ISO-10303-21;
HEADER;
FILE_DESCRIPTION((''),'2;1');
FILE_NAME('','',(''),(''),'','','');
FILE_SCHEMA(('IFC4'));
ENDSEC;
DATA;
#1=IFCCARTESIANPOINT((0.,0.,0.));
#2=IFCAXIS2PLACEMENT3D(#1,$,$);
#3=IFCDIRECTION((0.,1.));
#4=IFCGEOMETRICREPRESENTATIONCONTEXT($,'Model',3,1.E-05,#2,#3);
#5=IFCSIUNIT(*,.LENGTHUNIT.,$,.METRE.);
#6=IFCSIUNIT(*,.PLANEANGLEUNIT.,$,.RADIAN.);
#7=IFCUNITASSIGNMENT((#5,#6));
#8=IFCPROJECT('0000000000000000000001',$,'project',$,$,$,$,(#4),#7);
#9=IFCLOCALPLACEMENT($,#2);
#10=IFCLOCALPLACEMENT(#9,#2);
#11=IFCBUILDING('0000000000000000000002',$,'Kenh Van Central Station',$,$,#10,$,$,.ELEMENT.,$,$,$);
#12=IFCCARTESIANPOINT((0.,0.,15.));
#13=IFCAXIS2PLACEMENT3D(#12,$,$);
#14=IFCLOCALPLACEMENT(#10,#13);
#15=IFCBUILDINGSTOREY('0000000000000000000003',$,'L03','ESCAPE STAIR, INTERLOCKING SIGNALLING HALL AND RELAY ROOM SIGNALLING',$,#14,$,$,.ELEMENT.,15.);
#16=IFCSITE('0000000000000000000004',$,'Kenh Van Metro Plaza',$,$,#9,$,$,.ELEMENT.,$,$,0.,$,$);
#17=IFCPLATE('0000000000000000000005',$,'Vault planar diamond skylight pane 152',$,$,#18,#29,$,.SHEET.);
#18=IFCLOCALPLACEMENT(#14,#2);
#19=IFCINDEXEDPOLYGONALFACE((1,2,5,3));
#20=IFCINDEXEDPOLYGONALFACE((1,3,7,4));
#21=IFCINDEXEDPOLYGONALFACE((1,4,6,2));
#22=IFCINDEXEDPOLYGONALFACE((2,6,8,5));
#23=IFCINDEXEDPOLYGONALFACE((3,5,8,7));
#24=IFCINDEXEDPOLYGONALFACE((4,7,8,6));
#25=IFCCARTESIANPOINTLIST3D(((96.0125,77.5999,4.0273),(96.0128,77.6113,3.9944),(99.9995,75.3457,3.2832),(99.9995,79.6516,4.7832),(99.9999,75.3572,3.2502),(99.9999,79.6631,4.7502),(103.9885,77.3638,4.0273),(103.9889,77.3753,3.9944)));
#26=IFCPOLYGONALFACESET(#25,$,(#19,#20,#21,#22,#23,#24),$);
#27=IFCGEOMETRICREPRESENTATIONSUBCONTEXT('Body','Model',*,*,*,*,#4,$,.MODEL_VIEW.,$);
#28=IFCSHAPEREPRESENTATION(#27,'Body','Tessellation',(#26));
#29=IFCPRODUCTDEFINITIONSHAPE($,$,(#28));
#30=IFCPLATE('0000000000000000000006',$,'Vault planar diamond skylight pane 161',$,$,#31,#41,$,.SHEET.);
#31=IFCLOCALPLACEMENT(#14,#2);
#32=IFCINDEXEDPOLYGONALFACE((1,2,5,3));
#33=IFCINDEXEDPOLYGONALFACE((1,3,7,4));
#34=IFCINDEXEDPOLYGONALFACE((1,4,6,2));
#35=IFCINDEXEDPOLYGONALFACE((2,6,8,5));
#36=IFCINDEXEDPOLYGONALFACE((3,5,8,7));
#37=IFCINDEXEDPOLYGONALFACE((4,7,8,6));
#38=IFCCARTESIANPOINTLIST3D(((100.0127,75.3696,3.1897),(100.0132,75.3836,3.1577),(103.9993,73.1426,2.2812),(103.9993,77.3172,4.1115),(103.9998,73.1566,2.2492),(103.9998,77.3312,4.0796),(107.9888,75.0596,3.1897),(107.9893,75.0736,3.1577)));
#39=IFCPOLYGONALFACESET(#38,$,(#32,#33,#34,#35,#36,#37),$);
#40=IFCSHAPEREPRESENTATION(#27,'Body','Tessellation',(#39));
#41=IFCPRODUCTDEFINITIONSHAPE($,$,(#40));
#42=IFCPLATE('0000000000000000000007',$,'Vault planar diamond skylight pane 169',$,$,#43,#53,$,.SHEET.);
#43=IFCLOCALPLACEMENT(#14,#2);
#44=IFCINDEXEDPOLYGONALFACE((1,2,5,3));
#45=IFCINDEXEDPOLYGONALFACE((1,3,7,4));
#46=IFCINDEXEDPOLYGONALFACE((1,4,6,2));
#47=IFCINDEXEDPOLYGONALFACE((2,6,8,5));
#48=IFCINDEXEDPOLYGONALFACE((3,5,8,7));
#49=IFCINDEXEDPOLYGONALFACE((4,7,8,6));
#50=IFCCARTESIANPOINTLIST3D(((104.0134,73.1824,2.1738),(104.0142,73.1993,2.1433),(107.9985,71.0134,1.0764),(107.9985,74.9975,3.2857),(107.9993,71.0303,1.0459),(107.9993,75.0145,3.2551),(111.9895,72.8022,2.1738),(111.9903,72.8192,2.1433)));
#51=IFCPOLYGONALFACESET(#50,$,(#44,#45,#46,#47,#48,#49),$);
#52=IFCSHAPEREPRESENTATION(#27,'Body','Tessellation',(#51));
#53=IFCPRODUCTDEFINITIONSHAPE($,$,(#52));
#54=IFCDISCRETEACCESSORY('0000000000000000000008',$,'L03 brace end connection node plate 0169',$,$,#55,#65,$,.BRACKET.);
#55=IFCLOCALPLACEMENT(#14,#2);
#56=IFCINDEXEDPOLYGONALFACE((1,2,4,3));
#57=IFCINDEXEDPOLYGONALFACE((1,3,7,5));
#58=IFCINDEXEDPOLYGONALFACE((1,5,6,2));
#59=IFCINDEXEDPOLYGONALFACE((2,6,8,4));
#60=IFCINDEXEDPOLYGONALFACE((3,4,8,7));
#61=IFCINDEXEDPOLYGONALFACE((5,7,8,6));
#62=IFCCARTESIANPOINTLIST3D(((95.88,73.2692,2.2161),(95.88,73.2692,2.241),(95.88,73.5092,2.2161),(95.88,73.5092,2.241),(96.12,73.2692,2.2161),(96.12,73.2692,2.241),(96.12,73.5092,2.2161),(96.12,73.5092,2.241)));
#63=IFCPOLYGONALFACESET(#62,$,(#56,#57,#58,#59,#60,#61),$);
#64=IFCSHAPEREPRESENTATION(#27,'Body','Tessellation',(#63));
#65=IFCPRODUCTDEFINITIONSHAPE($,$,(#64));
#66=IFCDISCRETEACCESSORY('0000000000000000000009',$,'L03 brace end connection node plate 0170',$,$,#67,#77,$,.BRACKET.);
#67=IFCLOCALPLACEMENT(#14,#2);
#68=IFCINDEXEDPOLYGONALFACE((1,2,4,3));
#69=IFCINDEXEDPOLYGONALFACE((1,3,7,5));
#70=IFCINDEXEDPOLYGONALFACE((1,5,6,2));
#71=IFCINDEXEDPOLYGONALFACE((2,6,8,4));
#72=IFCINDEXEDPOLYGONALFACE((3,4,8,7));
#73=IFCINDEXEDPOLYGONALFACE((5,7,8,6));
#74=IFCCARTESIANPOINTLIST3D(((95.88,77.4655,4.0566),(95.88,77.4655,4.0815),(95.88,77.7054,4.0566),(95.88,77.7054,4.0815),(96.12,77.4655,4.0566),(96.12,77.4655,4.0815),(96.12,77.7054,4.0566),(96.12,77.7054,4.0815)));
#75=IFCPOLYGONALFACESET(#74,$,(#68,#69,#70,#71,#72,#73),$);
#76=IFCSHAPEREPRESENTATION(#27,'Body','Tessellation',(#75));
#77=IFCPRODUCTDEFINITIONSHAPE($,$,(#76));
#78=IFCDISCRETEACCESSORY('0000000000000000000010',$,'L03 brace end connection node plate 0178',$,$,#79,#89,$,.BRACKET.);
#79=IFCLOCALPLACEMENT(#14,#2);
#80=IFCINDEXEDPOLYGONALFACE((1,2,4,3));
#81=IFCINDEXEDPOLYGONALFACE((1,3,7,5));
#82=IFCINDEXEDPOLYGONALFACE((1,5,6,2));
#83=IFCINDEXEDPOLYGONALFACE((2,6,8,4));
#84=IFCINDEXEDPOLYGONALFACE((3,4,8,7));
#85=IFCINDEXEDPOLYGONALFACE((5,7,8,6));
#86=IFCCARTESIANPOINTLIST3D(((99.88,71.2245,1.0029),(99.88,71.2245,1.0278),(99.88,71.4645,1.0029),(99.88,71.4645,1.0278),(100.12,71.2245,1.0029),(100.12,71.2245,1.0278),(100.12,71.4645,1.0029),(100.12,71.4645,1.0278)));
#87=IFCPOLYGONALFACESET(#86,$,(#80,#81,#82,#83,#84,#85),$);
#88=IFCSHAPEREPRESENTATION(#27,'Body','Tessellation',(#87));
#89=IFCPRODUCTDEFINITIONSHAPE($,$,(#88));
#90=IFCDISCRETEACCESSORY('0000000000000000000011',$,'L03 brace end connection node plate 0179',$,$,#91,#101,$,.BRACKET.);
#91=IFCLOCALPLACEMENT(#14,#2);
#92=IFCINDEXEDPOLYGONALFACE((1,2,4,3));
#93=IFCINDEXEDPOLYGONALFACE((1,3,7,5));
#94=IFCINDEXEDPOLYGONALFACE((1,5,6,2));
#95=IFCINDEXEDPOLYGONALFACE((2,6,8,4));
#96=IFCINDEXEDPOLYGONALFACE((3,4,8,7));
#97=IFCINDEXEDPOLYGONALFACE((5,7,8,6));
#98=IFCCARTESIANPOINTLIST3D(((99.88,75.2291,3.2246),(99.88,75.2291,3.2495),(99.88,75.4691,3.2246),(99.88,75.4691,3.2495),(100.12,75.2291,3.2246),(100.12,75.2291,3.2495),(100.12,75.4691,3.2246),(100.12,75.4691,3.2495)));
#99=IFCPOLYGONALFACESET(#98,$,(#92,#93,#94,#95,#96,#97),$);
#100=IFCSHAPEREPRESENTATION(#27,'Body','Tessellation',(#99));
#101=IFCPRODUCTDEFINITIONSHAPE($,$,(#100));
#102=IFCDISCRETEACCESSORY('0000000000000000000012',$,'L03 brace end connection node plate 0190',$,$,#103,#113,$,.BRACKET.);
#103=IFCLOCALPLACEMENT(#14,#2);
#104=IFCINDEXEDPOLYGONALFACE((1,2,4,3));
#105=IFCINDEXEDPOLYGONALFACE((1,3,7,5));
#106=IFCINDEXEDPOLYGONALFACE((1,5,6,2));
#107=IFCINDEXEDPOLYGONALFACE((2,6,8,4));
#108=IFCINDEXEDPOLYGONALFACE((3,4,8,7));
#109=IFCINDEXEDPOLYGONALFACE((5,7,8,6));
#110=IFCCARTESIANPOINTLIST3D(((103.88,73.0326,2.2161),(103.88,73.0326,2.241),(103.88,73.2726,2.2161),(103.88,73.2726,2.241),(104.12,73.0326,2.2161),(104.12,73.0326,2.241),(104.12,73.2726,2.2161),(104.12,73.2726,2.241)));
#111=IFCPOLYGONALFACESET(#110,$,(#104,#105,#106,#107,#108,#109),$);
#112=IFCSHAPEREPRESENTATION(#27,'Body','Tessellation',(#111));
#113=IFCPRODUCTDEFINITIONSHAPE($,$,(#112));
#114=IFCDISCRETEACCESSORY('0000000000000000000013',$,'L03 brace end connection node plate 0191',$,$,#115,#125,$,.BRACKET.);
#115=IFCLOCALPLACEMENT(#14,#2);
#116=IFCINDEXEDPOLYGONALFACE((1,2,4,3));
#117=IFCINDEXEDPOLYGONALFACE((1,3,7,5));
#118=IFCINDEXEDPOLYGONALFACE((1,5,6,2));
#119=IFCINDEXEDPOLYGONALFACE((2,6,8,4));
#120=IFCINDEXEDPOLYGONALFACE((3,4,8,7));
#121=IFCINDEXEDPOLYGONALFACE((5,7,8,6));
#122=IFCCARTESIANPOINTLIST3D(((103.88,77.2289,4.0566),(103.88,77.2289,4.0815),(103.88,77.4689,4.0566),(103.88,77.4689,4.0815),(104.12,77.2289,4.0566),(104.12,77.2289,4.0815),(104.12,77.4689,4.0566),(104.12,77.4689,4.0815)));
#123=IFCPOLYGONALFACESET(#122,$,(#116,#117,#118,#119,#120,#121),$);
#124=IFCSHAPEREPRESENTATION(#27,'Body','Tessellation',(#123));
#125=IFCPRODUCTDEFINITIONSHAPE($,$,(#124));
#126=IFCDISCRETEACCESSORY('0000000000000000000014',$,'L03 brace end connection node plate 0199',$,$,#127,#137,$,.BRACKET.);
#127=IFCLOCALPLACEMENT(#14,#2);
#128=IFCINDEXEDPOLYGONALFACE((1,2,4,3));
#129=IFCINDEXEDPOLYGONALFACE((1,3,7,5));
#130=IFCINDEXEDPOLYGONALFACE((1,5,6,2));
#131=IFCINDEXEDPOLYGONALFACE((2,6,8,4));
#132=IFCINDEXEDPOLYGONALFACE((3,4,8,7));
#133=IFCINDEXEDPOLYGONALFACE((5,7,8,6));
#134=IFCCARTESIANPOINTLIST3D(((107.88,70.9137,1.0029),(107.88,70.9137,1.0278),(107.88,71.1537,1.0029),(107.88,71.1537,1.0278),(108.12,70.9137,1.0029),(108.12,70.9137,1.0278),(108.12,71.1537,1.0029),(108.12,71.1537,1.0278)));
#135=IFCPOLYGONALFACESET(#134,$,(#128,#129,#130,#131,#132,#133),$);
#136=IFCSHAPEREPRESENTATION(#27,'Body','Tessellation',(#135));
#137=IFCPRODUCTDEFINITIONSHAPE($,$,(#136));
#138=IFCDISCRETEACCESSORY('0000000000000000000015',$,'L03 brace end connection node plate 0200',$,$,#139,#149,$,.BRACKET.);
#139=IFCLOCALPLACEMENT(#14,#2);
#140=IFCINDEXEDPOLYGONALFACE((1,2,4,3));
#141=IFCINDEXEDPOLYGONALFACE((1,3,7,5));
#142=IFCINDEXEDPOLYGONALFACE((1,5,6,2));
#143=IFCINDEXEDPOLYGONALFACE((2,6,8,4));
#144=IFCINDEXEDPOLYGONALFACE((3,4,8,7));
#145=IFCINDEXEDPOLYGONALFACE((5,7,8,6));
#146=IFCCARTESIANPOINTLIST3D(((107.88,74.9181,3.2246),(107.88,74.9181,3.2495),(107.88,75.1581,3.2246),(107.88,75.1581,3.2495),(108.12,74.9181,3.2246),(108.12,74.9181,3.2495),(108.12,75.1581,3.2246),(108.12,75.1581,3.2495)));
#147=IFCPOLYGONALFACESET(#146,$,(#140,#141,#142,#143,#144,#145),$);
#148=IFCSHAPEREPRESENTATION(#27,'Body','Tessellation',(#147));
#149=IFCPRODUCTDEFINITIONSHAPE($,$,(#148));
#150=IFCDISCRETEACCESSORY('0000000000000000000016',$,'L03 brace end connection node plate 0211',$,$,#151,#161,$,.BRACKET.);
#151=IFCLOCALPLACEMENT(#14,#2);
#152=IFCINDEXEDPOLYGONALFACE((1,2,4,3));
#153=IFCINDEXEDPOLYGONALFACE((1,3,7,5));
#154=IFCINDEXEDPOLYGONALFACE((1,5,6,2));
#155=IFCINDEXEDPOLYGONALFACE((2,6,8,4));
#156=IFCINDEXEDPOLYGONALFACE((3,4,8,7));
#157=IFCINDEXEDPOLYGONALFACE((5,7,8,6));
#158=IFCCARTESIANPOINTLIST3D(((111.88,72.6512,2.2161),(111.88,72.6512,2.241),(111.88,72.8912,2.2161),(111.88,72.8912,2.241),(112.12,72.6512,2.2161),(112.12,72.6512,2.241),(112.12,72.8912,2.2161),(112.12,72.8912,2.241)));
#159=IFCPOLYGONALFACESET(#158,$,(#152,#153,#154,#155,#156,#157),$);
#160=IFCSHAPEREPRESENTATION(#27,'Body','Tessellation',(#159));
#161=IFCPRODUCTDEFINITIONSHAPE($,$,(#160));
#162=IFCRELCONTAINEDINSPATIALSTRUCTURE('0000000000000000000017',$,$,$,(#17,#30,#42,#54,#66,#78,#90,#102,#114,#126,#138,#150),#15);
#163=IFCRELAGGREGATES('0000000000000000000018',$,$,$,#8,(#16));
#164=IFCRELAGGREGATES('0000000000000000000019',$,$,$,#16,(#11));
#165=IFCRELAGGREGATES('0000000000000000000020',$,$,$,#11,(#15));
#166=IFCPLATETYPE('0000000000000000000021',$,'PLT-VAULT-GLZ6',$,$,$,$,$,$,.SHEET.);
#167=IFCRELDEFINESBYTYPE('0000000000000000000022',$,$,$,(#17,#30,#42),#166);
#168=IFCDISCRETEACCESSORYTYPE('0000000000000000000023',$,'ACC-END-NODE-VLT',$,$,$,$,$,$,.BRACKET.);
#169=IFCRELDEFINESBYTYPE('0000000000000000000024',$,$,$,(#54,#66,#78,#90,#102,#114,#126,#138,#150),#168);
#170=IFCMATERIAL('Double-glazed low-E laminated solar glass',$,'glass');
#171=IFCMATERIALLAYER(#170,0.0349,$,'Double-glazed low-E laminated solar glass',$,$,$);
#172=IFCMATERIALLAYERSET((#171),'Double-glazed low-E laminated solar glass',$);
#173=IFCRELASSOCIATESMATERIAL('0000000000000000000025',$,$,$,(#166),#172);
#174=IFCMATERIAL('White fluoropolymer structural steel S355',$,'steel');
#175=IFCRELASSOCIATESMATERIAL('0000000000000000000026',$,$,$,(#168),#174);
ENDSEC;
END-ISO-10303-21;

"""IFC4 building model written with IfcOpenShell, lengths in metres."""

from ifc_helpers import new_model, si_unit, direction, frame, origin, origin_2d, place, context, subcontext, project, spatial, polyline, rectangle, outline, extrude, material, layer, layer_set, type_object, element, save


model = new_model("IFC4")

# Units and contexts
model_context = context("Model", 3, precision=1e-05, world=origin(), true_north=direction((0.0, 1.0)))
body_context = subcontext(model_context, "Body", "Model", "MODEL_VIEW")
ifc_project = project(units=[si_unit("LENGTHUNIT", "METRE"), si_unit("PLANEANGLEUNIT", "RADIAN")], contexts=[model_context])

# Site, building, storey
site_placement = place(None, origin())
site = spatial("IfcSite", under=ifc_project, at=site_placement, Name="Kenh Van Metro Plaza", CompositionType="ELEMENT", RefElevation=0.0)
building_placement = place(site_placement, origin())
building = spatial("IfcBuilding", under=site, at=building_placement, Name="Kenh Van Central Station", CompositionType="ELEMENT")
storey_placement = place(building_placement, frame((0.0, 0.0, 15.0)))
storey = spatial("IfcBuildingStorey", under=building, at=storey_placement, Name="L03", Description="ESCAPE STAIR, INTERLOCKING SIGNALLING HALL AND RELAY ROOM SIGNALLING", CompositionType="ELEMENT", Elevation=15.0)

# Shared definitions
ifc_material_1 = material(Name="White fluoropolymer structural steel S355", Category="steel")

# Plates
ifc_material_2 = material(Name="Double-glazed low-E laminated solar glass", Category="glass")
ifc_layer_1 = layer(ifc_material_2, 0.0349, Name="Double-glazed low-E laminated solar glass")
ifc_layer_set_1 = layer_set([ifc_layer_1], Name="Double-glazed low-E laminated solar glass")
plate_type_1 = type_object("IfcPlateType", Name="PLT-VAULT-GLZ6", PredefinedType="SHEET", material=ifc_layer_set_1)
plate_1_placement = place(storey_placement, frame((96.0125, 77.5999, 4.0273), z_axis=(-0.009737, -0.328954, 0.944296), x_axis=(0.859241, -0.485786, -0.160368)))
element("IfcPlate", 1, at=plate_1_placement, inside=storey, type_object=plate_type_1, Name="Vault planar diamond skylight pane 152", PredefinedType="SHEET", context=body_context, shape_type="SweptSolid", body=[
    extrude(outline(polyline([(0.0, 0.0), (4.6402, 0.0), (6.9681, 3.8884), (2.3079, 3.9181), (0.0, 0.0)])), origin(), (0.0, 0.0, -1.0), 0.0349),
])
plate_2_placement = place(storey_placement, frame((100.0127, 75.3696, 3.1897), z_axis=(-0.015608, -0.401498, 0.915727), x_axis=(0.856233, -0.478321, -0.195124)))
element("IfcPlate", 2, at=plate_2_placement, inside=storey, type_object=plate_type_1, Name="Vault planar diamond skylight pane 161", PredefinedType="SHEET", context=body_context, shape_type="SweptSolid", body=[
    extrude(outline(polyline([(0.0, 0.0), (4.6559, 0.0), (6.9777, 3.8763), (2.302, 3.9033), (0.0, 0.0)])), origin(), (0.0, 0.0, -1.0), 0.0349),
])
plate_3_placement = place(storey_placement, frame((104.0134, 73.1824, 2.1738), z_axis=(-0.023105, -0.484813, 0.874313), x_axis=(0.853717, -0.464649, -0.23509)))
element("IfcPlate", 3, at=plate_3_placement, inside=storey, type_object=plate_type_1, Name="Vault planar diamond skylight pane 169", PredefinedType="SHEET", context=body_context, shape_type="SweptSolid", body=[
    extrude(outline(polyline([(0.0, 0.0), (4.6679, 0.0), (6.9859, 3.8677), (2.2974, 3.8903), (0.0, 0.0)])), origin(), (0.0, 0.0, -1.0), 0.0349),
])

# Discrete accessories
discrete_accessory_type = type_object("IfcDiscreteAccessoryType", Name="ACC-END-NODE-VLT", PredefinedType="BRACKET", material=ifc_material_1)
for number, where, z_axis, x_axis, name in (
    (4, (96.0, 73.3892, 2.2161), (0.0, 0.0, 1.0), (1.0, 0.0, 0.0), "L03 brace end connection node plate 0169"),
    (5, (96.0, 77.5854, 4.0566), (0.0, 0.0, 1.0), (1.0, 0.0, 0.0), "L03 brace end connection node plate 0170"),
    (6, (100.0, 71.3445, 1.0029), (0.0, 0.0, 1.0), (1.0, 0.0, 0.0), "L03 brace end connection node plate 0178"),
    (7, (100.0, 75.3491, 3.2246), (0.0, 0.0, 1.0), (1.0, 0.0, 0.0), "L03 brace end connection node plate 0179"),
    (8, (104.0, 73.1526, 2.2161), (0.0, 0.0, 1.0), (1.0, 0.0, 0.0), "L03 brace end connection node plate 0190"),
    (9, (104.0, 77.3489, 4.0566), (0.0, 0.0, 1.0), (1.0, 0.0, 0.0), "L03 brace end connection node plate 0191"),
    (10, (108.0, 71.0337, 1.0029), (0.0, 0.0, 1.0), (1.0, 0.0, 0.0), "L03 brace end connection node plate 0199"),
    (11, (108.0, 75.0381, 3.2246), (0.0, 0.0, 1.0), (1.0, 0.0, 0.0), "L03 brace end connection node plate 0200"),
    (12, (112.0, 72.7712, 2.2161), (0.0, 0.0, 1.0), (1.0, 0.0, 0.0), "L03 brace end connection node plate 0211"),
):
    element("IfcDiscreteAccessory", number, at=place(storey_placement, frame(where, z_axis=z_axis, x_axis=x_axis)), inside=storey, type_object=discrete_accessory_type, Name=name, PredefinedType="BRACKET", context=body_context, shape_type="SweptSolid", body=[
        extrude(rectangle(XDim=0.24, YDim=0.24, at=origin_2d()), origin(), (0.0, 0.0, 1.0), 0.0249),
    ])

save(model, "model.ifc")
